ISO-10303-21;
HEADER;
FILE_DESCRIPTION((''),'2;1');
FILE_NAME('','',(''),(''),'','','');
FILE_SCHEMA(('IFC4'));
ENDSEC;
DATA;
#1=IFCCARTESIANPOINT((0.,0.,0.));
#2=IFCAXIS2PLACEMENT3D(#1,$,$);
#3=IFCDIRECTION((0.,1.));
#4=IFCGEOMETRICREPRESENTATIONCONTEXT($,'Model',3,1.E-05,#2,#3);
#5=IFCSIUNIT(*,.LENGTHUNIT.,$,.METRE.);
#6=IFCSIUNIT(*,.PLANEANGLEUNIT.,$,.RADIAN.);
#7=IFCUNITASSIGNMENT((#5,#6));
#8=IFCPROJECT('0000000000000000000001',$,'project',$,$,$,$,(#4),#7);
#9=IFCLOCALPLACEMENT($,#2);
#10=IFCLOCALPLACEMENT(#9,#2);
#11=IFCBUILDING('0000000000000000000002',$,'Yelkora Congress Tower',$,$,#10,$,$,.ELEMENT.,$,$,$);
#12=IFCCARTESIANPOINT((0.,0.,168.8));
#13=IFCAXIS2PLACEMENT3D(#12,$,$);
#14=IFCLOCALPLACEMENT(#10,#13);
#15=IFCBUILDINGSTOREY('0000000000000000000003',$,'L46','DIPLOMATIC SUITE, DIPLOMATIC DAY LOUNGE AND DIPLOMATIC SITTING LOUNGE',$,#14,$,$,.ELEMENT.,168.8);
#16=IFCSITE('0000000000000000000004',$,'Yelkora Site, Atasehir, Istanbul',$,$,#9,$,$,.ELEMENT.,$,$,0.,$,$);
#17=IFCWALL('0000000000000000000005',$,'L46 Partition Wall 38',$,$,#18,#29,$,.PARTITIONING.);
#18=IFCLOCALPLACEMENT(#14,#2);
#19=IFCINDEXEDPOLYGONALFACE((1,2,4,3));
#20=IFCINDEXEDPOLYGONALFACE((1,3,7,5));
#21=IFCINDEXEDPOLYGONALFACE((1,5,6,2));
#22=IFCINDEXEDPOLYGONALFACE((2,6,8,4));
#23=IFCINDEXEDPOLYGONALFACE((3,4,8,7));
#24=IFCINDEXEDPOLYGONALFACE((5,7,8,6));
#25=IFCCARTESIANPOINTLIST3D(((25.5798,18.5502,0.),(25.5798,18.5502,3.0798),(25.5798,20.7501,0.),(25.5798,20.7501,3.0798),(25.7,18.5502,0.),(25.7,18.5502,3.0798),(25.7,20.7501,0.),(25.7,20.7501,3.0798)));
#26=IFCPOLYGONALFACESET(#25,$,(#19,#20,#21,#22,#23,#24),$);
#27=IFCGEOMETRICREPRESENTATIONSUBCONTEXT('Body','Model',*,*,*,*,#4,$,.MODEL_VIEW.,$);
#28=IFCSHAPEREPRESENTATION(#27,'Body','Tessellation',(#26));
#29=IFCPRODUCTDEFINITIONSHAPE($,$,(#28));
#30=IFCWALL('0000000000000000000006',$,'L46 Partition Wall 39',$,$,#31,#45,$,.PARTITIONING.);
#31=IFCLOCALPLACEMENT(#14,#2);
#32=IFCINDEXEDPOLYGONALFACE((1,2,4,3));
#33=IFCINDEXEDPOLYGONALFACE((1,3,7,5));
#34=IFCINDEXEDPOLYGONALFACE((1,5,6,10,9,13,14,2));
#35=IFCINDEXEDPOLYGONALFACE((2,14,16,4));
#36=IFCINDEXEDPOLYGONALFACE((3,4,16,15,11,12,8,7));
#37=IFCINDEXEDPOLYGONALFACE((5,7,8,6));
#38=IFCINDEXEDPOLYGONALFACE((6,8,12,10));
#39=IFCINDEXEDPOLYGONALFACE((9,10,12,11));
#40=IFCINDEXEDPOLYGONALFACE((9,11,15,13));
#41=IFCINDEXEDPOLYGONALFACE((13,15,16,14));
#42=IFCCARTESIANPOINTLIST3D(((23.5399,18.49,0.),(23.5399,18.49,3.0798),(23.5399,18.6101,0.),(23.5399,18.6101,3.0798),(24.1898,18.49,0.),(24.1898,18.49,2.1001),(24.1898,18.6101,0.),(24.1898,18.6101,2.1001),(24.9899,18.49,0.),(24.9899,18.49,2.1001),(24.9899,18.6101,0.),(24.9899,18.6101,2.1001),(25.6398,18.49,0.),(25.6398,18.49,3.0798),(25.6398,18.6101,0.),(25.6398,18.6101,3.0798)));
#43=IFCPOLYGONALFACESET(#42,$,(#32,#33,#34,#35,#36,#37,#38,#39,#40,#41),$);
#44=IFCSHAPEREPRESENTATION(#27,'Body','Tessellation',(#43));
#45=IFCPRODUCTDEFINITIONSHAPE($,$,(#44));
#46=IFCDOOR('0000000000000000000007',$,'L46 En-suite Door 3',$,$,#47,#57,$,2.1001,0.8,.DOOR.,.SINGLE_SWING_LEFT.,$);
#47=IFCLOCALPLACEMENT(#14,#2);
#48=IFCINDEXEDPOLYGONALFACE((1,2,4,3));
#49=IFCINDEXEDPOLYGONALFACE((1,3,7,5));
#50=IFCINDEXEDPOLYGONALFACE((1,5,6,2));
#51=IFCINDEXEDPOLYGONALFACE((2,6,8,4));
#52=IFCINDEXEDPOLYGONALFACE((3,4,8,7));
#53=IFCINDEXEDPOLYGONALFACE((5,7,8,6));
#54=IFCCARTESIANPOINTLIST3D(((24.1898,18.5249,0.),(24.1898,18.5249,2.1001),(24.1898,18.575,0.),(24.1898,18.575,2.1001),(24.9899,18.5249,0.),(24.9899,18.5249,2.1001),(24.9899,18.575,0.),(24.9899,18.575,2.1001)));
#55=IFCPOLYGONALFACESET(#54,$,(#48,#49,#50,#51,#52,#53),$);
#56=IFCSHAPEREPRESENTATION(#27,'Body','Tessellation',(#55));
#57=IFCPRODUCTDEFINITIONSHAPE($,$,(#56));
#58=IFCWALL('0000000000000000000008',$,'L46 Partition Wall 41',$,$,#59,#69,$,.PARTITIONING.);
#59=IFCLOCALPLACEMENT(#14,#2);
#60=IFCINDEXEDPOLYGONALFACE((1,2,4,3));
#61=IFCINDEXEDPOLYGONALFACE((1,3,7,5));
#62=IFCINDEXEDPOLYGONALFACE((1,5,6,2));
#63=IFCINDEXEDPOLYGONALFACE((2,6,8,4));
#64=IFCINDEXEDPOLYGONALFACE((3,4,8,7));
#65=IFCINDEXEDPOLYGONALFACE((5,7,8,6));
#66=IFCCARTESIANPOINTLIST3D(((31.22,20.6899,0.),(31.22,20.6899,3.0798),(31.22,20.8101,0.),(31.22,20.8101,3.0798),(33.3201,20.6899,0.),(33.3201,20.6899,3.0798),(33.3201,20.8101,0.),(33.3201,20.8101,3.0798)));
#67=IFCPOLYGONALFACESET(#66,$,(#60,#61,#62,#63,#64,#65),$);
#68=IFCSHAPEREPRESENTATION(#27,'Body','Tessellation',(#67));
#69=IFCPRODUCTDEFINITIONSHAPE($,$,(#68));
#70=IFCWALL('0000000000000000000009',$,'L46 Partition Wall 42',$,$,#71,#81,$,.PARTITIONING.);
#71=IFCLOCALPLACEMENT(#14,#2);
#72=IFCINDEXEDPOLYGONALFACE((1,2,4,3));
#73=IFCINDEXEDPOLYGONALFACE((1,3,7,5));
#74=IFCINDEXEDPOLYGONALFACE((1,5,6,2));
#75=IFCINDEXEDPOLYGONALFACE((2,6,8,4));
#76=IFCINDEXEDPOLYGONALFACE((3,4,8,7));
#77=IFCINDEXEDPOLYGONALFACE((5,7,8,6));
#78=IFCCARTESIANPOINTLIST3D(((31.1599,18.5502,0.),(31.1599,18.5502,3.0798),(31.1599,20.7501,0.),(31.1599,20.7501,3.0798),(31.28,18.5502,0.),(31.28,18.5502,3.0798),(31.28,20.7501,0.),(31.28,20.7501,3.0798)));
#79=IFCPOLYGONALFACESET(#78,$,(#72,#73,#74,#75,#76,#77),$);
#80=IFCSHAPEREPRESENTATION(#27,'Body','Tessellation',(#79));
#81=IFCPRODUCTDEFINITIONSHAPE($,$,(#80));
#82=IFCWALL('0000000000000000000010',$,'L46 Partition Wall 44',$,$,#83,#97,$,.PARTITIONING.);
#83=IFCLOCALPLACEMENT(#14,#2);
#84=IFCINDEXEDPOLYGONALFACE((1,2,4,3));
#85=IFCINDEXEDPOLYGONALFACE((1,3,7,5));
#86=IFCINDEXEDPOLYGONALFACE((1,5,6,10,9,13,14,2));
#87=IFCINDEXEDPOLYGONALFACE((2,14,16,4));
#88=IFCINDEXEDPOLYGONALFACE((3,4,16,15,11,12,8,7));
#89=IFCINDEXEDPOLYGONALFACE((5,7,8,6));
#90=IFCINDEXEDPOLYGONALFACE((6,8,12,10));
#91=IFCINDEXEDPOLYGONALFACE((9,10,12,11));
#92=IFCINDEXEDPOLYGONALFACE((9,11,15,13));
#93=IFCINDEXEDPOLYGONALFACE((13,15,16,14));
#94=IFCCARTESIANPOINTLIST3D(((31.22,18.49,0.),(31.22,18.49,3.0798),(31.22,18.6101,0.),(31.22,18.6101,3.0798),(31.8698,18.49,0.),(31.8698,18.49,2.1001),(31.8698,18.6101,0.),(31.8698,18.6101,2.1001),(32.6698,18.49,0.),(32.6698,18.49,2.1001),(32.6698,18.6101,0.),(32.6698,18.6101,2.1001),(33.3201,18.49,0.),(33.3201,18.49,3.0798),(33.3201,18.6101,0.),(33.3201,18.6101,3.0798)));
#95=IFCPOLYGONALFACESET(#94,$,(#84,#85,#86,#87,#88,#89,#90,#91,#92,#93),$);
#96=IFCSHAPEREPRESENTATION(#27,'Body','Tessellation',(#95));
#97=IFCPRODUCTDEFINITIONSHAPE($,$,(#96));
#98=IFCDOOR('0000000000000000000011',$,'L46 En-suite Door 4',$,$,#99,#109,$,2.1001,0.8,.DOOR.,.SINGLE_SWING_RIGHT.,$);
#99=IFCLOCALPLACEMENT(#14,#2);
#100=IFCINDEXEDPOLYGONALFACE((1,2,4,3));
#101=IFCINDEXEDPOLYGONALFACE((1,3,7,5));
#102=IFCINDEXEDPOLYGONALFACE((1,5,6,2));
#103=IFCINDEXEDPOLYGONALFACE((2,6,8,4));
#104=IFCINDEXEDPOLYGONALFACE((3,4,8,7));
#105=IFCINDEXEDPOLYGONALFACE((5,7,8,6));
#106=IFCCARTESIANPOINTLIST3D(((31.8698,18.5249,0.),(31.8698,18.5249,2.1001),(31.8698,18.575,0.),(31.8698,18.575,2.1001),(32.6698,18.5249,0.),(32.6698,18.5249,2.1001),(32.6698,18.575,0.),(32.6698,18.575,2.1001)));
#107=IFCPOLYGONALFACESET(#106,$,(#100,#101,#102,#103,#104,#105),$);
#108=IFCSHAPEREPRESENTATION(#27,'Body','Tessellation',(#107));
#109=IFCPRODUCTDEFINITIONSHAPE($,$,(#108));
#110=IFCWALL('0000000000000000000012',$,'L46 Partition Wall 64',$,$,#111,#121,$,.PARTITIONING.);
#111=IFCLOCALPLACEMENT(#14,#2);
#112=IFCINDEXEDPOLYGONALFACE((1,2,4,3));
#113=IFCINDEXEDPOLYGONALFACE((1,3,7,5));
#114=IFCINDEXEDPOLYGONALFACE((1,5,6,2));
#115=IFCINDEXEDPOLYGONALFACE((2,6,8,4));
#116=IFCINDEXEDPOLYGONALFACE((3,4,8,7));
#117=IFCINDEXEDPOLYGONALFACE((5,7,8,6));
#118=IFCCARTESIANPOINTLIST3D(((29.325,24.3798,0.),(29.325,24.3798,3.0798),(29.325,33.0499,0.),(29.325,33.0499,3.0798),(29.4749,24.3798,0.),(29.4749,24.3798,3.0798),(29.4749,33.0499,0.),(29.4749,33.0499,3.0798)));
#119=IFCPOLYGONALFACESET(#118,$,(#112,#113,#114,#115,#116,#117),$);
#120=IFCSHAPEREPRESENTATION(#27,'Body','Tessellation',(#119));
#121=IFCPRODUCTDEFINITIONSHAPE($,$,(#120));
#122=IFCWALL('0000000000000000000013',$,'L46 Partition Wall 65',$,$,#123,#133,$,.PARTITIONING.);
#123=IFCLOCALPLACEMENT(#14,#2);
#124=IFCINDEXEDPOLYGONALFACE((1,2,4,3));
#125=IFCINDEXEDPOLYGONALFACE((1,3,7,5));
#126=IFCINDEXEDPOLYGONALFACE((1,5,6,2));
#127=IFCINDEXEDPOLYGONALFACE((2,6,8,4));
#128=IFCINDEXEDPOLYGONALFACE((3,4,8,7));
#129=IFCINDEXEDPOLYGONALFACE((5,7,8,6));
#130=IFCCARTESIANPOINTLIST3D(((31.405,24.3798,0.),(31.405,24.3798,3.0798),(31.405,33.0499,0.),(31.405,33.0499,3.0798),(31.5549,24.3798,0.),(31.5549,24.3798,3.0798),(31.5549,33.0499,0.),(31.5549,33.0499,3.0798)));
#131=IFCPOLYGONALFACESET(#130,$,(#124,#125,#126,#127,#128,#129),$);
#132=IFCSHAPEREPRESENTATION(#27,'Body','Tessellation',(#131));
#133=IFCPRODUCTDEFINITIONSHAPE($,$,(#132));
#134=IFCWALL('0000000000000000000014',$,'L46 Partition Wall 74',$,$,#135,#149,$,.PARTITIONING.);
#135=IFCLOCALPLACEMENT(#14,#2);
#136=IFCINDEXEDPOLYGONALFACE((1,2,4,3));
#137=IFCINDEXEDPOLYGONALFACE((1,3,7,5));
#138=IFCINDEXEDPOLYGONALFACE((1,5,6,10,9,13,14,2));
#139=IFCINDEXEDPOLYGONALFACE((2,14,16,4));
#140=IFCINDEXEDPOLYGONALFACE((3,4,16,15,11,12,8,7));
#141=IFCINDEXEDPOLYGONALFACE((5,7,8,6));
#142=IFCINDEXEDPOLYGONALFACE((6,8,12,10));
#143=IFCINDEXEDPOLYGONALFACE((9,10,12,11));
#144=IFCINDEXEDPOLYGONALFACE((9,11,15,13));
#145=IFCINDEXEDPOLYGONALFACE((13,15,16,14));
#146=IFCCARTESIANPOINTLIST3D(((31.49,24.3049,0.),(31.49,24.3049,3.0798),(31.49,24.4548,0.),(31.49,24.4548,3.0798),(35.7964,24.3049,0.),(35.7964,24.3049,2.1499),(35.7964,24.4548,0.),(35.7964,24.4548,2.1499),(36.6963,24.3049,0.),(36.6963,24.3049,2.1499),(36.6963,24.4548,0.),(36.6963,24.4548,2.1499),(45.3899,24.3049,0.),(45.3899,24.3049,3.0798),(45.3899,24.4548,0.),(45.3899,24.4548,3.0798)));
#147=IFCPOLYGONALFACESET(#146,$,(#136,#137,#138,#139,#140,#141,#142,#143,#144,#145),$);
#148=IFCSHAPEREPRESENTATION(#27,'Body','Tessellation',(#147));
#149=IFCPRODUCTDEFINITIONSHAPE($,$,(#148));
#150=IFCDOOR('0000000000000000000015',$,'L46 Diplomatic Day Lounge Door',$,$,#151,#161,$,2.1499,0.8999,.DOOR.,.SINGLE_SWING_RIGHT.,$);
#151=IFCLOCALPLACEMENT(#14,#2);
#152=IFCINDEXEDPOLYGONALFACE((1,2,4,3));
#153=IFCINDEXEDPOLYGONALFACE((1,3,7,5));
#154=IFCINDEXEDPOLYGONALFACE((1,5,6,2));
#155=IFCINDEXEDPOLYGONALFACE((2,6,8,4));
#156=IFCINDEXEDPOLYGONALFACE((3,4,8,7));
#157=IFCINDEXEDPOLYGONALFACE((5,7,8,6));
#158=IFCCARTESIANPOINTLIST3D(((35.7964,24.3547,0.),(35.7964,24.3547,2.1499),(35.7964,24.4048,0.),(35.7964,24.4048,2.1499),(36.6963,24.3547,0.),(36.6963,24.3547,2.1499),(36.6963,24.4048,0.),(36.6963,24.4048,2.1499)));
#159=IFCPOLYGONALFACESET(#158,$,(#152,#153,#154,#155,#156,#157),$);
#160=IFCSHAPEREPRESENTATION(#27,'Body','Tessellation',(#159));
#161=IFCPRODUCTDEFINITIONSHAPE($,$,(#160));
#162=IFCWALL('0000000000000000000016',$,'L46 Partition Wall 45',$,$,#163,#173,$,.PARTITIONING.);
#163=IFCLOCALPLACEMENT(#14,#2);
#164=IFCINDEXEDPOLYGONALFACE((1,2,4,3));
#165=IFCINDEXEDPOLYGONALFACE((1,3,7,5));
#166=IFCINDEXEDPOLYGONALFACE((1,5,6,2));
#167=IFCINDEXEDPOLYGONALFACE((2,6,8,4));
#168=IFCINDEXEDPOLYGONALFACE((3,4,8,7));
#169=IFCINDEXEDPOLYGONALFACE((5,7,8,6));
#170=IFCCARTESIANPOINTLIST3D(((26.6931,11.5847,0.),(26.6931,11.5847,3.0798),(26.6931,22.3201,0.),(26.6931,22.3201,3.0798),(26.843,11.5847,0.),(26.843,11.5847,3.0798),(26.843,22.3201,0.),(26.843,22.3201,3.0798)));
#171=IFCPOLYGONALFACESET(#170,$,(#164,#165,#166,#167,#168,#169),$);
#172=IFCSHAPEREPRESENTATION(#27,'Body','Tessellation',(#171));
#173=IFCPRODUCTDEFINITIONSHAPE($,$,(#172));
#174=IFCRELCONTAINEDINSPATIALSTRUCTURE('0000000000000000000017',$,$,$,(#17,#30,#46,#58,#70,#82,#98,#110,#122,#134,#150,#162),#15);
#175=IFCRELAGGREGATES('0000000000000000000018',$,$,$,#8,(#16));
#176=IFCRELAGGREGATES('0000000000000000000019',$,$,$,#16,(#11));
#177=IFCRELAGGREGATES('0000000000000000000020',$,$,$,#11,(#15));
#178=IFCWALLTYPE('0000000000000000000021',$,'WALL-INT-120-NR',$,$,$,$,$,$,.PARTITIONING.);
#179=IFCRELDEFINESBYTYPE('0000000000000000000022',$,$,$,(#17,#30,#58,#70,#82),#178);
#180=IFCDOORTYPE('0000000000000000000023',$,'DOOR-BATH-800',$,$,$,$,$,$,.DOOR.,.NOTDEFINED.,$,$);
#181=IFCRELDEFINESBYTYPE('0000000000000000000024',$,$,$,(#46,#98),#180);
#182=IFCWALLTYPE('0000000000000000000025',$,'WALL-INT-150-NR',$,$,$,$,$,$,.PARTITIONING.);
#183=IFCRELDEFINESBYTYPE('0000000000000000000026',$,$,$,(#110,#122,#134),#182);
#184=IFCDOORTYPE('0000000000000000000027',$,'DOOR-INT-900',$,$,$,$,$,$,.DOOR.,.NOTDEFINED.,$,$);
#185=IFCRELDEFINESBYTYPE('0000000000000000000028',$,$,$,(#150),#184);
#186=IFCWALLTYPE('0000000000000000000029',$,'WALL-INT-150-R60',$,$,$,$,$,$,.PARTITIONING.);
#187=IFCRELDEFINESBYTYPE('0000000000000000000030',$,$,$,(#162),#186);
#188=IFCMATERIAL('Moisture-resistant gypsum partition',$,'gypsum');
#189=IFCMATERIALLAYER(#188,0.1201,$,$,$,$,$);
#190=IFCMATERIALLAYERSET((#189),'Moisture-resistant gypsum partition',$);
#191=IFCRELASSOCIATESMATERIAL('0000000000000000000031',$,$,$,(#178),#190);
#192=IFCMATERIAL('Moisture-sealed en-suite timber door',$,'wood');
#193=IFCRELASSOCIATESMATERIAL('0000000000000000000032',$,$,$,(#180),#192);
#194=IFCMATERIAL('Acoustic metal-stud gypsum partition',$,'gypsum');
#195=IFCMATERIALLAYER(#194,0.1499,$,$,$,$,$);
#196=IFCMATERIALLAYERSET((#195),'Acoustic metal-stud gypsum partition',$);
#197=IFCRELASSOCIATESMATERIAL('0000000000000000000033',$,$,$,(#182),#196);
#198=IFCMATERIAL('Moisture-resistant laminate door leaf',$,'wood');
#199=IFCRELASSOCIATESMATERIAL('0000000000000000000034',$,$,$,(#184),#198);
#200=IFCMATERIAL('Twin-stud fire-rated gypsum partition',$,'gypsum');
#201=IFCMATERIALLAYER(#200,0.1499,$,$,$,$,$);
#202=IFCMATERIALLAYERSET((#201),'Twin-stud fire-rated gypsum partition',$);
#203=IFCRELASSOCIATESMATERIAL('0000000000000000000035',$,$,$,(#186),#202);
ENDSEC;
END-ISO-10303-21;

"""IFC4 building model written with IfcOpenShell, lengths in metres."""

from ifc_helpers import new_model, si_unit, direction, frame, frame_2d, origin, place, context, subcontext, project, spatial, rectangle, extrude, material, layer, layer_set, type_object, element, fill, save


model = new_model("IFC4")

# Units and contexts
model_context = context("Model", 3, precision=1e-05, world=origin(), true_north=direction((0.0, 1.0)))
body_context = subcontext(model_context, "Body", "Model", "MODEL_VIEW")
ifc_project = project(units=[si_unit("LENGTHUNIT", "METRE"), si_unit("PLANEANGLEUNIT", "RADIAN")], contexts=[model_context])

# Site, building, storey
site_placement = place(None, origin())
site = spatial("IfcSite", under=ifc_project, at=site_placement, Name="Yelkora Site, Atasehir, Istanbul", CompositionType="ELEMENT", RefElevation=0.0)
building_placement = place(site_placement, origin())
building = spatial("IfcBuilding", under=site, at=building_placement, Name="Yelkora Congress Tower", CompositionType="ELEMENT")
storey_placement = place(building_placement, frame((0.0, 0.0, 168.8)))
storey = spatial("IfcBuildingStorey", under=building, at=storey_placement, Name="L46", Description="DIPLOMATIC SUITE, DIPLOMATIC DAY LOUNGE AND DIPLOMATIC SITTING LOUNGE", CompositionType="ELEMENT", Elevation=168.8)

# Wall
ifc_material_1 = material(Name="Moisture-resistant gypsum partition", Category="gypsum")
ifc_layer_1 = layer(ifc_material_1, 0.1201)
ifc_layer_set_1 = layer_set([ifc_layer_1], Name="Moisture-resistant gypsum partition")
wall_type_1 = type_object("IfcWallType", Name="WALL-INT-120-NR", PredefinedType="PARTITIONING", material=ifc_layer_set_1)
wall_1_placement = place(storey_placement, frame((25.6399, 18.55, 0.0), z_axis=(0.0, 0.0, 1.0), x_axis=(0.0, 1.0, 0.0)))
element("IfcWall", 1, at=wall_1_placement, inside=storey, type_object=wall_type_1, Name="L46 Partition Wall 38", PredefinedType="PARTITIONING", context=body_context, shape_type="SweptSolid", body=[
    extrude(rectangle(XDim=2.2, YDim=0.1201, at=frame_2d((1.1001, 0.0))), origin(), (0.0, 0.0, 1.0), 3.0798),
])

# Wall, opening, door
wall_2_placement = place(storey_placement, frame((23.54, 18.55, 0.0), z_axis=(0.0, 0.0, 1.0), x_axis=(1.0, 0.0, 0.0)))
wall_2 = element("IfcWall", 2, at=wall_2_placement, inside=storey, type_object=wall_type_1, Name="L46 Partition Wall 39", PredefinedType="PARTITIONING", context=body_context, shape_type="SweptSolid", body=[
    extrude(rectangle(XDim=2.0999, YDim=0.1201, at=frame_2d((1.0498, 0.0))), origin(), (0.0, 0.0, 1.0), 3.0798),
])
opening_1_placement = place(wall_2_placement, frame((0.6499, 0.0, 0.0)))
opening_1 = element("IfcOpeningElement", 3, at=opening_1_placement, cuts=wall_2, PredefinedType="OPENING", context=body_context, shape_type="SweptSolid", body=[
    extrude(rectangle(XDim=0.8, YDim=2.1001, at=frame_2d((0.3999, 1.05))), frame((0.0, 0.0701, 0.0), z_axis=(0.0, -1.0, 0.0), x_axis=(1.0, 0.0, 0.0)), (0.0, 0.0, 1.0), 0.1401),
])
ifc_material_2 = material(Name="Moisture-sealed en-suite timber door", Category="wood")
door_type_1 = type_object("IfcDoorType", Name="DOOR-BATH-800", OperationType="NOTDEFINED", PredefinedType="DOOR", material=ifc_material_2)
door_1_placement = place(opening_1_placement, origin())
door_1 = element("IfcDoor", 4, at=door_1_placement, inside=storey, type_object=door_type_1, Name="L46 En-suite Door 3", OperationType="SINGLE_SWING_LEFT", OverallHeight=2.1001, OverallWidth=0.8, PredefinedType="DOOR", context=body_context, shape_type="SweptSolid", body=[
    extrude(rectangle(XDim=0.8, YDim=2.1001, at=frame_2d((0.3999, 1.05))), frame((0.0, 0.0249, 0.0), z_axis=(0.0, -1.0, 0.0), x_axis=(1.0, 0.0, 0.0)), (0.0, 0.0, 1.0), 0.05),
])
fill(opening_1, door_1)

# Walls
wall_3_placement = place(storey_placement, frame((31.22, 20.75, 0.0), z_axis=(0.0, 0.0, 1.0), x_axis=(1.0, 0.0, 0.0)))
element("IfcWall", 5, at=wall_3_placement, inside=storey, type_object=wall_type_1, Name="L46 Partition Wall 41", PredefinedType="PARTITIONING", context=body_context, shape_type="SweptSolid", body=[
    extrude(rectangle(XDim=2.1001, YDim=0.1201, at=frame_2d((1.05, 0.0))), origin(), (0.0, 0.0, 1.0), 3.0798),
])
wall_4_placement = place(storey_placement, frame((31.22, 18.55, 0.0), z_axis=(0.0, 0.0, 1.0), x_axis=(0.0, 1.0, 0.0)))
element("IfcWall", 6, at=wall_4_placement, inside=storey, type_object=wall_type_1, Name="L46 Partition Wall 42", PredefinedType="PARTITIONING", context=body_context, shape_type="SweptSolid", body=[
    extrude(rectangle(XDim=2.2, YDim=0.1201, at=frame_2d((1.1001, 0.0))), origin(), (0.0, 0.0, 1.0), 3.0798),
])

# Wall, opening, door
wall_5_placement = place(storey_placement, frame((31.22, 18.55, 0.0), z_axis=(0.0, 0.0, 1.0), x_axis=(1.0, 0.0, 0.0)))
wall_5 = element("IfcWall", 7, at=wall_5_placement, inside=storey, type_object=wall_type_1, Name="L46 Partition Wall 44", PredefinedType="PARTITIONING", context=body_context, shape_type="SweptSolid", body=[
    extrude(rectangle(XDim=2.1001, YDim=0.1201, at=frame_2d((1.05, 0.0))), origin(), (0.0, 0.0, 1.0), 3.0798),
])
opening_2_placement = place(wall_5_placement, frame((0.6499, 0.0, 0.0)))
opening_2 = element("IfcOpeningElement", 8, at=opening_2_placement, cuts=wall_5, PredefinedType="OPENING", context=body_context, shape_type="SweptSolid", body=[
    extrude(rectangle(XDim=0.8, YDim=2.1001, at=frame_2d((0.3999, 1.05))), frame((0.0, 0.0701, 0.0), z_axis=(0.0, -1.0, 0.0), x_axis=(1.0, 0.0, 0.0)), (0.0, 0.0, 1.0), 0.1401),
])
door_2_placement = place(opening_2_placement, origin())
door_2 = element("IfcDoor", 9, at=door_2_placement, inside=storey, type_object=door_type_1, Name="L46 En-suite Door 4", OperationType="SINGLE_SWING_RIGHT", OverallHeight=2.1001, OverallWidth=0.8, PredefinedType="DOOR", context=body_context, shape_type="SweptSolid", body=[
    extrude(rectangle(XDim=0.8, YDim=2.1001, at=frame_2d((0.3999, 1.05))), frame((0.0, 0.0249, 0.0), z_axis=(0.0, -1.0, 0.0), x_axis=(1.0, 0.0, 0.0)), (0.0, 0.0, 1.0), 0.05),
])
fill(opening_2, door_2)

# Walls
ifc_material_3 = material(Name="Acoustic metal-stud gypsum partition", Category="gypsum")
ifc_layer_2 = layer(ifc_material_3, 0.1499)
ifc_layer_set_2 = layer_set([ifc_layer_2], Name="Acoustic metal-stud gypsum partition")
wall_type_2 = type_object("IfcWallType", Name="WALL-INT-150-NR", PredefinedType="PARTITIONING", material=ifc_layer_set_2)
for number, where, z_axis, x_axis, name in (
    (10, (29.3999, 24.3799, 0.0), (0.0, 0.0, 1.0), (0.0, 1.0, 0.0), "L46 Partition Wall 64"),
    (11, (31.48, 24.3799, 0.0), (0.0, 0.0, 1.0), (0.0, 1.0, 0.0), "L46 Partition Wall 65"),
):
    element("IfcWall", number, at=place(storey_placement, frame(where, z_axis=z_axis, x_axis=x_axis)), inside=storey, type_object=wall_type_2, Name=name, PredefinedType="PARTITIONING", context=body_context, shape_type="SweptSolid", body=[
        extrude(rectangle(XDim=8.6702, YDim=0.1499, at=frame_2d((4.335, 0.0))), origin(), (0.0, 0.0, 1.0), 3.0798),
    ])

# Wall, opening, door
wall_6_placement = place(storey_placement, frame((31.49, 24.3799, 0.0), z_axis=(0.0, 0.0, 1.0), x_axis=(1.0, 0.0, 0.0)))
wall_6 = element("IfcWall", 12, at=wall_6_placement, inside=storey, type_object=wall_type_2, Name="L46 Partition Wall 74", PredefinedType="PARTITIONING", context=body_context, shape_type="SweptSolid", body=[
    extrude(rectangle(XDim=13.8999, YDim=0.1499, at=frame_2d((6.95, 0.0))), origin(), (0.0, 0.0, 1.0), 3.0798),
])
opening_3_placement = place(wall_6_placement, frame((4.3064, 0.0, 0.0)))
opening_3 = element("IfcOpeningElement", 13, at=opening_3_placement, cuts=wall_6, PredefinedType="OPENING", context=body_context, shape_type="SweptSolid", body=[
    extrude(rectangle(XDim=0.8999, YDim=2.1499, at=frame_2d((0.45, 1.075))), frame((0.0, 0.085, 0.0), z_axis=(0.0, -1.0, 0.0), x_axis=(1.0, 0.0, 0.0)), (0.0, 0.0, 1.0), 0.1699),
])
ifc_material_4 = material(Name="Moisture-resistant laminate door leaf", Category="wood")
door_type_2 = type_object("IfcDoorType", Name="DOOR-INT-900", OperationType="NOTDEFINED", PredefinedType="DOOR", material=ifc_material_4)
door_3_placement = place(opening_3_placement, origin())
door_3 = element("IfcDoor", 14, at=door_3_placement, inside=storey, type_object=door_type_2, Name="L46 Diplomatic Day Lounge Door", OperationType="SINGLE_SWING_RIGHT", OverallHeight=2.1499, OverallWidth=0.8999, PredefinedType="DOOR", context=body_context, shape_type="SweptSolid", body=[
    extrude(rectangle(XDim=0.8999, YDim=2.1499, at=frame_2d((0.45, 1.075))), frame((0.0, 0.0249, 0.0), z_axis=(0.0, -1.0, 0.0), x_axis=(1.0, 0.0, 0.0)), (0.0, 0.0, 1.0), 0.05),
])
fill(opening_3, door_3)

# Wall
ifc_material_5 = material(Name="Twin-stud fire-rated gypsum partition", Category="gypsum")
ifc_layer_3 = layer(ifc_material_5, 0.1499)
ifc_layer_set_3 = layer_set([ifc_layer_3], Name="Twin-stud fire-rated gypsum partition")
wall_type_3 = type_object("IfcWallType", Name="WALL-INT-150-R60", PredefinedType="PARTITIONING", material=ifc_layer_set_3)
wall_7_placement = place(storey_placement, frame((26.7681, 11.5847, 0.0), z_axis=(0.0, 0.0, 1.0), x_axis=(0.0, 1.0, 0.0)))
element("IfcWall", 15, at=wall_7_placement, inside=storey, type_object=wall_type_3, Name="L46 Partition Wall 45", PredefinedType="PARTITIONING", context=body_context, shape_type="SweptSolid", body=[
    extrude(rectangle(XDim=10.7354, YDim=0.1499, at=frame_2d((5.3677, 0.0))), origin(), (0.0, 0.0, 1.0), 3.0798),
])

save(model, "model.ifc")
